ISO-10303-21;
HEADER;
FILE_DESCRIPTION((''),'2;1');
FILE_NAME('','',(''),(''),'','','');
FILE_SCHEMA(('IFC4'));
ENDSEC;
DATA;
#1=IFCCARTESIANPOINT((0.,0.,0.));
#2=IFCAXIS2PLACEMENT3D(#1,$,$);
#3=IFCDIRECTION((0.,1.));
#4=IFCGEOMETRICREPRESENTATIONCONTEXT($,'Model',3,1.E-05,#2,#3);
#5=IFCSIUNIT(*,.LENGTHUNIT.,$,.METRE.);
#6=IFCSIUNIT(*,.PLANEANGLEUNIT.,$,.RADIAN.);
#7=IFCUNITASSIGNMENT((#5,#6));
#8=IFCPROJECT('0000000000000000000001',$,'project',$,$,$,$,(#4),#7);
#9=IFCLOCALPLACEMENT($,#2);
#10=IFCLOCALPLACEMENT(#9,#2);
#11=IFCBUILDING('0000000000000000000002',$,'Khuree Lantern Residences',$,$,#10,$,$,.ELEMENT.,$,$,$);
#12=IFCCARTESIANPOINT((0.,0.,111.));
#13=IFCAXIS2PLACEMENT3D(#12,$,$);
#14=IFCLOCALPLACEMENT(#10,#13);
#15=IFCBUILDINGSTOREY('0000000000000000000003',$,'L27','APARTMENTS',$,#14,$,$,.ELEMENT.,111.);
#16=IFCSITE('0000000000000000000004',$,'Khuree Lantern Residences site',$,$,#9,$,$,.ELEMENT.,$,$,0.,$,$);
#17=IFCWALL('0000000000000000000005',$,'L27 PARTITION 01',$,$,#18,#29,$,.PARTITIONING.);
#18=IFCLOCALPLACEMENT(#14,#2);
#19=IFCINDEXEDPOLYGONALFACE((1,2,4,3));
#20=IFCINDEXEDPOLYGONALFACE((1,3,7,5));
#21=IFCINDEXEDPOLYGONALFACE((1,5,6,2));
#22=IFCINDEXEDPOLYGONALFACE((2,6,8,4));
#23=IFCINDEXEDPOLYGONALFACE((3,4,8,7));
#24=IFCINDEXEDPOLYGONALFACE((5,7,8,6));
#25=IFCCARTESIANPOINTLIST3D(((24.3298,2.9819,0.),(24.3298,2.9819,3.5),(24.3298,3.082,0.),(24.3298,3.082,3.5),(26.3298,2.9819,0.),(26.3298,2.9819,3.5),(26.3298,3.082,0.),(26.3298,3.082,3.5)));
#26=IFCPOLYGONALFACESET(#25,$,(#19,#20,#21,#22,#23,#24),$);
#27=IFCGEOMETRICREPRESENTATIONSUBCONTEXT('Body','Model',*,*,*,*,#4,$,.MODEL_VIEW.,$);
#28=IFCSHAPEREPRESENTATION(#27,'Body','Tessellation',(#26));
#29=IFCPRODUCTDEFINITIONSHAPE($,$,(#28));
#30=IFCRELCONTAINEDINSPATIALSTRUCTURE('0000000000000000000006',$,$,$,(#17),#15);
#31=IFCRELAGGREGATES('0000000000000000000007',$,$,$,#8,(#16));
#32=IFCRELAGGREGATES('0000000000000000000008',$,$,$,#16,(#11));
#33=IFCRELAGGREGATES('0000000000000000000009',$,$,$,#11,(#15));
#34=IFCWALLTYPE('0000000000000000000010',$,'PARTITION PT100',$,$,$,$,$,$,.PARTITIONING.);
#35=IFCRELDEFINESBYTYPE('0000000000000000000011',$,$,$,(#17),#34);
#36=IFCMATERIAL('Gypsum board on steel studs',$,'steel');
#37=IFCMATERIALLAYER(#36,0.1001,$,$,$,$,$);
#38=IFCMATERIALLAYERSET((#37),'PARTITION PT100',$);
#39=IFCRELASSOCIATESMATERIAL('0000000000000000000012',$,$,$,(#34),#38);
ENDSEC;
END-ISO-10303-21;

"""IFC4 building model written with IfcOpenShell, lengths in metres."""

from ifc_helpers import new_model, si_unit, direction, frame, frame_2d, origin, place, context, subcontext, project, spatial, rectangle, extrude, material, layer, layer_set, type_object, element, save


model = new_model("IFC4")

# Units and contexts
model_context = context("Model", 3, precision=1e-05, world=origin(), true_north=direction((0.0, 1.0)))
body_context = subcontext(model_context, "Body", "Model", "MODEL_VIEW")
ifc_project = project(units=[si_unit("LENGTHUNIT", "METRE"), si_unit("PLANEANGLEUNIT", "RADIAN")], contexts=[model_context])

# Site, building, storey
site_placement = place(None, origin())
site = spatial("IfcSite", under=ifc_project, at=site_placement, Name="Khuree Lantern Residences site", CompositionType="ELEMENT", RefElevation=0.0)
building_placement = place(site_placement, origin())
building = spatial("IfcBuilding", under=site, at=building_placement, Name="Khuree Lantern Residences", CompositionType="ELEMENT")
storey_placement = place(building_placement, frame((0.0, 0.0, 111.0)))
storey = spatial("IfcBuildingStorey", under=building, at=storey_placement, Name="L27", Description="APARTMENTS", CompositionType="ELEMENT", Elevation=111.0)

# Shared definitions
ifc_material_1 = material(Name="Gypsum board on steel studs", Category="steel")
ifc_layer_1 = layer(ifc_material_1, 0.1001)
ifc_layer_set_1 = layer_set([ifc_layer_1], Name="PARTITION PT100")
wall_type_1 = type_object("IfcWallType", Name="PARTITION PT100", PredefinedType="PARTITIONING", material=ifc_layer_set_1)

# Wall
wall_1_placement = place(storey_placement, frame((24.3298, 3.032, 0.0), z_axis=(0.0, 0.0, 1.0), x_axis=(1.0, 0.0, 0.0)))
element("IfcWall", 1, at=wall_1_placement, inside=storey, type_object=wall_type_1, Name="L27 PARTITION 01", PredefinedType="PARTITIONING", context=body_context, shape_type="SweptSolid", body=[
    extrude(rectangle(XDim=2.0, YDim=0.1001, at=frame_2d((1.0, 0.0))), origin(), (0.0, 0.0, 1.0), 3.5),
])

save(model, "model.ifc")
